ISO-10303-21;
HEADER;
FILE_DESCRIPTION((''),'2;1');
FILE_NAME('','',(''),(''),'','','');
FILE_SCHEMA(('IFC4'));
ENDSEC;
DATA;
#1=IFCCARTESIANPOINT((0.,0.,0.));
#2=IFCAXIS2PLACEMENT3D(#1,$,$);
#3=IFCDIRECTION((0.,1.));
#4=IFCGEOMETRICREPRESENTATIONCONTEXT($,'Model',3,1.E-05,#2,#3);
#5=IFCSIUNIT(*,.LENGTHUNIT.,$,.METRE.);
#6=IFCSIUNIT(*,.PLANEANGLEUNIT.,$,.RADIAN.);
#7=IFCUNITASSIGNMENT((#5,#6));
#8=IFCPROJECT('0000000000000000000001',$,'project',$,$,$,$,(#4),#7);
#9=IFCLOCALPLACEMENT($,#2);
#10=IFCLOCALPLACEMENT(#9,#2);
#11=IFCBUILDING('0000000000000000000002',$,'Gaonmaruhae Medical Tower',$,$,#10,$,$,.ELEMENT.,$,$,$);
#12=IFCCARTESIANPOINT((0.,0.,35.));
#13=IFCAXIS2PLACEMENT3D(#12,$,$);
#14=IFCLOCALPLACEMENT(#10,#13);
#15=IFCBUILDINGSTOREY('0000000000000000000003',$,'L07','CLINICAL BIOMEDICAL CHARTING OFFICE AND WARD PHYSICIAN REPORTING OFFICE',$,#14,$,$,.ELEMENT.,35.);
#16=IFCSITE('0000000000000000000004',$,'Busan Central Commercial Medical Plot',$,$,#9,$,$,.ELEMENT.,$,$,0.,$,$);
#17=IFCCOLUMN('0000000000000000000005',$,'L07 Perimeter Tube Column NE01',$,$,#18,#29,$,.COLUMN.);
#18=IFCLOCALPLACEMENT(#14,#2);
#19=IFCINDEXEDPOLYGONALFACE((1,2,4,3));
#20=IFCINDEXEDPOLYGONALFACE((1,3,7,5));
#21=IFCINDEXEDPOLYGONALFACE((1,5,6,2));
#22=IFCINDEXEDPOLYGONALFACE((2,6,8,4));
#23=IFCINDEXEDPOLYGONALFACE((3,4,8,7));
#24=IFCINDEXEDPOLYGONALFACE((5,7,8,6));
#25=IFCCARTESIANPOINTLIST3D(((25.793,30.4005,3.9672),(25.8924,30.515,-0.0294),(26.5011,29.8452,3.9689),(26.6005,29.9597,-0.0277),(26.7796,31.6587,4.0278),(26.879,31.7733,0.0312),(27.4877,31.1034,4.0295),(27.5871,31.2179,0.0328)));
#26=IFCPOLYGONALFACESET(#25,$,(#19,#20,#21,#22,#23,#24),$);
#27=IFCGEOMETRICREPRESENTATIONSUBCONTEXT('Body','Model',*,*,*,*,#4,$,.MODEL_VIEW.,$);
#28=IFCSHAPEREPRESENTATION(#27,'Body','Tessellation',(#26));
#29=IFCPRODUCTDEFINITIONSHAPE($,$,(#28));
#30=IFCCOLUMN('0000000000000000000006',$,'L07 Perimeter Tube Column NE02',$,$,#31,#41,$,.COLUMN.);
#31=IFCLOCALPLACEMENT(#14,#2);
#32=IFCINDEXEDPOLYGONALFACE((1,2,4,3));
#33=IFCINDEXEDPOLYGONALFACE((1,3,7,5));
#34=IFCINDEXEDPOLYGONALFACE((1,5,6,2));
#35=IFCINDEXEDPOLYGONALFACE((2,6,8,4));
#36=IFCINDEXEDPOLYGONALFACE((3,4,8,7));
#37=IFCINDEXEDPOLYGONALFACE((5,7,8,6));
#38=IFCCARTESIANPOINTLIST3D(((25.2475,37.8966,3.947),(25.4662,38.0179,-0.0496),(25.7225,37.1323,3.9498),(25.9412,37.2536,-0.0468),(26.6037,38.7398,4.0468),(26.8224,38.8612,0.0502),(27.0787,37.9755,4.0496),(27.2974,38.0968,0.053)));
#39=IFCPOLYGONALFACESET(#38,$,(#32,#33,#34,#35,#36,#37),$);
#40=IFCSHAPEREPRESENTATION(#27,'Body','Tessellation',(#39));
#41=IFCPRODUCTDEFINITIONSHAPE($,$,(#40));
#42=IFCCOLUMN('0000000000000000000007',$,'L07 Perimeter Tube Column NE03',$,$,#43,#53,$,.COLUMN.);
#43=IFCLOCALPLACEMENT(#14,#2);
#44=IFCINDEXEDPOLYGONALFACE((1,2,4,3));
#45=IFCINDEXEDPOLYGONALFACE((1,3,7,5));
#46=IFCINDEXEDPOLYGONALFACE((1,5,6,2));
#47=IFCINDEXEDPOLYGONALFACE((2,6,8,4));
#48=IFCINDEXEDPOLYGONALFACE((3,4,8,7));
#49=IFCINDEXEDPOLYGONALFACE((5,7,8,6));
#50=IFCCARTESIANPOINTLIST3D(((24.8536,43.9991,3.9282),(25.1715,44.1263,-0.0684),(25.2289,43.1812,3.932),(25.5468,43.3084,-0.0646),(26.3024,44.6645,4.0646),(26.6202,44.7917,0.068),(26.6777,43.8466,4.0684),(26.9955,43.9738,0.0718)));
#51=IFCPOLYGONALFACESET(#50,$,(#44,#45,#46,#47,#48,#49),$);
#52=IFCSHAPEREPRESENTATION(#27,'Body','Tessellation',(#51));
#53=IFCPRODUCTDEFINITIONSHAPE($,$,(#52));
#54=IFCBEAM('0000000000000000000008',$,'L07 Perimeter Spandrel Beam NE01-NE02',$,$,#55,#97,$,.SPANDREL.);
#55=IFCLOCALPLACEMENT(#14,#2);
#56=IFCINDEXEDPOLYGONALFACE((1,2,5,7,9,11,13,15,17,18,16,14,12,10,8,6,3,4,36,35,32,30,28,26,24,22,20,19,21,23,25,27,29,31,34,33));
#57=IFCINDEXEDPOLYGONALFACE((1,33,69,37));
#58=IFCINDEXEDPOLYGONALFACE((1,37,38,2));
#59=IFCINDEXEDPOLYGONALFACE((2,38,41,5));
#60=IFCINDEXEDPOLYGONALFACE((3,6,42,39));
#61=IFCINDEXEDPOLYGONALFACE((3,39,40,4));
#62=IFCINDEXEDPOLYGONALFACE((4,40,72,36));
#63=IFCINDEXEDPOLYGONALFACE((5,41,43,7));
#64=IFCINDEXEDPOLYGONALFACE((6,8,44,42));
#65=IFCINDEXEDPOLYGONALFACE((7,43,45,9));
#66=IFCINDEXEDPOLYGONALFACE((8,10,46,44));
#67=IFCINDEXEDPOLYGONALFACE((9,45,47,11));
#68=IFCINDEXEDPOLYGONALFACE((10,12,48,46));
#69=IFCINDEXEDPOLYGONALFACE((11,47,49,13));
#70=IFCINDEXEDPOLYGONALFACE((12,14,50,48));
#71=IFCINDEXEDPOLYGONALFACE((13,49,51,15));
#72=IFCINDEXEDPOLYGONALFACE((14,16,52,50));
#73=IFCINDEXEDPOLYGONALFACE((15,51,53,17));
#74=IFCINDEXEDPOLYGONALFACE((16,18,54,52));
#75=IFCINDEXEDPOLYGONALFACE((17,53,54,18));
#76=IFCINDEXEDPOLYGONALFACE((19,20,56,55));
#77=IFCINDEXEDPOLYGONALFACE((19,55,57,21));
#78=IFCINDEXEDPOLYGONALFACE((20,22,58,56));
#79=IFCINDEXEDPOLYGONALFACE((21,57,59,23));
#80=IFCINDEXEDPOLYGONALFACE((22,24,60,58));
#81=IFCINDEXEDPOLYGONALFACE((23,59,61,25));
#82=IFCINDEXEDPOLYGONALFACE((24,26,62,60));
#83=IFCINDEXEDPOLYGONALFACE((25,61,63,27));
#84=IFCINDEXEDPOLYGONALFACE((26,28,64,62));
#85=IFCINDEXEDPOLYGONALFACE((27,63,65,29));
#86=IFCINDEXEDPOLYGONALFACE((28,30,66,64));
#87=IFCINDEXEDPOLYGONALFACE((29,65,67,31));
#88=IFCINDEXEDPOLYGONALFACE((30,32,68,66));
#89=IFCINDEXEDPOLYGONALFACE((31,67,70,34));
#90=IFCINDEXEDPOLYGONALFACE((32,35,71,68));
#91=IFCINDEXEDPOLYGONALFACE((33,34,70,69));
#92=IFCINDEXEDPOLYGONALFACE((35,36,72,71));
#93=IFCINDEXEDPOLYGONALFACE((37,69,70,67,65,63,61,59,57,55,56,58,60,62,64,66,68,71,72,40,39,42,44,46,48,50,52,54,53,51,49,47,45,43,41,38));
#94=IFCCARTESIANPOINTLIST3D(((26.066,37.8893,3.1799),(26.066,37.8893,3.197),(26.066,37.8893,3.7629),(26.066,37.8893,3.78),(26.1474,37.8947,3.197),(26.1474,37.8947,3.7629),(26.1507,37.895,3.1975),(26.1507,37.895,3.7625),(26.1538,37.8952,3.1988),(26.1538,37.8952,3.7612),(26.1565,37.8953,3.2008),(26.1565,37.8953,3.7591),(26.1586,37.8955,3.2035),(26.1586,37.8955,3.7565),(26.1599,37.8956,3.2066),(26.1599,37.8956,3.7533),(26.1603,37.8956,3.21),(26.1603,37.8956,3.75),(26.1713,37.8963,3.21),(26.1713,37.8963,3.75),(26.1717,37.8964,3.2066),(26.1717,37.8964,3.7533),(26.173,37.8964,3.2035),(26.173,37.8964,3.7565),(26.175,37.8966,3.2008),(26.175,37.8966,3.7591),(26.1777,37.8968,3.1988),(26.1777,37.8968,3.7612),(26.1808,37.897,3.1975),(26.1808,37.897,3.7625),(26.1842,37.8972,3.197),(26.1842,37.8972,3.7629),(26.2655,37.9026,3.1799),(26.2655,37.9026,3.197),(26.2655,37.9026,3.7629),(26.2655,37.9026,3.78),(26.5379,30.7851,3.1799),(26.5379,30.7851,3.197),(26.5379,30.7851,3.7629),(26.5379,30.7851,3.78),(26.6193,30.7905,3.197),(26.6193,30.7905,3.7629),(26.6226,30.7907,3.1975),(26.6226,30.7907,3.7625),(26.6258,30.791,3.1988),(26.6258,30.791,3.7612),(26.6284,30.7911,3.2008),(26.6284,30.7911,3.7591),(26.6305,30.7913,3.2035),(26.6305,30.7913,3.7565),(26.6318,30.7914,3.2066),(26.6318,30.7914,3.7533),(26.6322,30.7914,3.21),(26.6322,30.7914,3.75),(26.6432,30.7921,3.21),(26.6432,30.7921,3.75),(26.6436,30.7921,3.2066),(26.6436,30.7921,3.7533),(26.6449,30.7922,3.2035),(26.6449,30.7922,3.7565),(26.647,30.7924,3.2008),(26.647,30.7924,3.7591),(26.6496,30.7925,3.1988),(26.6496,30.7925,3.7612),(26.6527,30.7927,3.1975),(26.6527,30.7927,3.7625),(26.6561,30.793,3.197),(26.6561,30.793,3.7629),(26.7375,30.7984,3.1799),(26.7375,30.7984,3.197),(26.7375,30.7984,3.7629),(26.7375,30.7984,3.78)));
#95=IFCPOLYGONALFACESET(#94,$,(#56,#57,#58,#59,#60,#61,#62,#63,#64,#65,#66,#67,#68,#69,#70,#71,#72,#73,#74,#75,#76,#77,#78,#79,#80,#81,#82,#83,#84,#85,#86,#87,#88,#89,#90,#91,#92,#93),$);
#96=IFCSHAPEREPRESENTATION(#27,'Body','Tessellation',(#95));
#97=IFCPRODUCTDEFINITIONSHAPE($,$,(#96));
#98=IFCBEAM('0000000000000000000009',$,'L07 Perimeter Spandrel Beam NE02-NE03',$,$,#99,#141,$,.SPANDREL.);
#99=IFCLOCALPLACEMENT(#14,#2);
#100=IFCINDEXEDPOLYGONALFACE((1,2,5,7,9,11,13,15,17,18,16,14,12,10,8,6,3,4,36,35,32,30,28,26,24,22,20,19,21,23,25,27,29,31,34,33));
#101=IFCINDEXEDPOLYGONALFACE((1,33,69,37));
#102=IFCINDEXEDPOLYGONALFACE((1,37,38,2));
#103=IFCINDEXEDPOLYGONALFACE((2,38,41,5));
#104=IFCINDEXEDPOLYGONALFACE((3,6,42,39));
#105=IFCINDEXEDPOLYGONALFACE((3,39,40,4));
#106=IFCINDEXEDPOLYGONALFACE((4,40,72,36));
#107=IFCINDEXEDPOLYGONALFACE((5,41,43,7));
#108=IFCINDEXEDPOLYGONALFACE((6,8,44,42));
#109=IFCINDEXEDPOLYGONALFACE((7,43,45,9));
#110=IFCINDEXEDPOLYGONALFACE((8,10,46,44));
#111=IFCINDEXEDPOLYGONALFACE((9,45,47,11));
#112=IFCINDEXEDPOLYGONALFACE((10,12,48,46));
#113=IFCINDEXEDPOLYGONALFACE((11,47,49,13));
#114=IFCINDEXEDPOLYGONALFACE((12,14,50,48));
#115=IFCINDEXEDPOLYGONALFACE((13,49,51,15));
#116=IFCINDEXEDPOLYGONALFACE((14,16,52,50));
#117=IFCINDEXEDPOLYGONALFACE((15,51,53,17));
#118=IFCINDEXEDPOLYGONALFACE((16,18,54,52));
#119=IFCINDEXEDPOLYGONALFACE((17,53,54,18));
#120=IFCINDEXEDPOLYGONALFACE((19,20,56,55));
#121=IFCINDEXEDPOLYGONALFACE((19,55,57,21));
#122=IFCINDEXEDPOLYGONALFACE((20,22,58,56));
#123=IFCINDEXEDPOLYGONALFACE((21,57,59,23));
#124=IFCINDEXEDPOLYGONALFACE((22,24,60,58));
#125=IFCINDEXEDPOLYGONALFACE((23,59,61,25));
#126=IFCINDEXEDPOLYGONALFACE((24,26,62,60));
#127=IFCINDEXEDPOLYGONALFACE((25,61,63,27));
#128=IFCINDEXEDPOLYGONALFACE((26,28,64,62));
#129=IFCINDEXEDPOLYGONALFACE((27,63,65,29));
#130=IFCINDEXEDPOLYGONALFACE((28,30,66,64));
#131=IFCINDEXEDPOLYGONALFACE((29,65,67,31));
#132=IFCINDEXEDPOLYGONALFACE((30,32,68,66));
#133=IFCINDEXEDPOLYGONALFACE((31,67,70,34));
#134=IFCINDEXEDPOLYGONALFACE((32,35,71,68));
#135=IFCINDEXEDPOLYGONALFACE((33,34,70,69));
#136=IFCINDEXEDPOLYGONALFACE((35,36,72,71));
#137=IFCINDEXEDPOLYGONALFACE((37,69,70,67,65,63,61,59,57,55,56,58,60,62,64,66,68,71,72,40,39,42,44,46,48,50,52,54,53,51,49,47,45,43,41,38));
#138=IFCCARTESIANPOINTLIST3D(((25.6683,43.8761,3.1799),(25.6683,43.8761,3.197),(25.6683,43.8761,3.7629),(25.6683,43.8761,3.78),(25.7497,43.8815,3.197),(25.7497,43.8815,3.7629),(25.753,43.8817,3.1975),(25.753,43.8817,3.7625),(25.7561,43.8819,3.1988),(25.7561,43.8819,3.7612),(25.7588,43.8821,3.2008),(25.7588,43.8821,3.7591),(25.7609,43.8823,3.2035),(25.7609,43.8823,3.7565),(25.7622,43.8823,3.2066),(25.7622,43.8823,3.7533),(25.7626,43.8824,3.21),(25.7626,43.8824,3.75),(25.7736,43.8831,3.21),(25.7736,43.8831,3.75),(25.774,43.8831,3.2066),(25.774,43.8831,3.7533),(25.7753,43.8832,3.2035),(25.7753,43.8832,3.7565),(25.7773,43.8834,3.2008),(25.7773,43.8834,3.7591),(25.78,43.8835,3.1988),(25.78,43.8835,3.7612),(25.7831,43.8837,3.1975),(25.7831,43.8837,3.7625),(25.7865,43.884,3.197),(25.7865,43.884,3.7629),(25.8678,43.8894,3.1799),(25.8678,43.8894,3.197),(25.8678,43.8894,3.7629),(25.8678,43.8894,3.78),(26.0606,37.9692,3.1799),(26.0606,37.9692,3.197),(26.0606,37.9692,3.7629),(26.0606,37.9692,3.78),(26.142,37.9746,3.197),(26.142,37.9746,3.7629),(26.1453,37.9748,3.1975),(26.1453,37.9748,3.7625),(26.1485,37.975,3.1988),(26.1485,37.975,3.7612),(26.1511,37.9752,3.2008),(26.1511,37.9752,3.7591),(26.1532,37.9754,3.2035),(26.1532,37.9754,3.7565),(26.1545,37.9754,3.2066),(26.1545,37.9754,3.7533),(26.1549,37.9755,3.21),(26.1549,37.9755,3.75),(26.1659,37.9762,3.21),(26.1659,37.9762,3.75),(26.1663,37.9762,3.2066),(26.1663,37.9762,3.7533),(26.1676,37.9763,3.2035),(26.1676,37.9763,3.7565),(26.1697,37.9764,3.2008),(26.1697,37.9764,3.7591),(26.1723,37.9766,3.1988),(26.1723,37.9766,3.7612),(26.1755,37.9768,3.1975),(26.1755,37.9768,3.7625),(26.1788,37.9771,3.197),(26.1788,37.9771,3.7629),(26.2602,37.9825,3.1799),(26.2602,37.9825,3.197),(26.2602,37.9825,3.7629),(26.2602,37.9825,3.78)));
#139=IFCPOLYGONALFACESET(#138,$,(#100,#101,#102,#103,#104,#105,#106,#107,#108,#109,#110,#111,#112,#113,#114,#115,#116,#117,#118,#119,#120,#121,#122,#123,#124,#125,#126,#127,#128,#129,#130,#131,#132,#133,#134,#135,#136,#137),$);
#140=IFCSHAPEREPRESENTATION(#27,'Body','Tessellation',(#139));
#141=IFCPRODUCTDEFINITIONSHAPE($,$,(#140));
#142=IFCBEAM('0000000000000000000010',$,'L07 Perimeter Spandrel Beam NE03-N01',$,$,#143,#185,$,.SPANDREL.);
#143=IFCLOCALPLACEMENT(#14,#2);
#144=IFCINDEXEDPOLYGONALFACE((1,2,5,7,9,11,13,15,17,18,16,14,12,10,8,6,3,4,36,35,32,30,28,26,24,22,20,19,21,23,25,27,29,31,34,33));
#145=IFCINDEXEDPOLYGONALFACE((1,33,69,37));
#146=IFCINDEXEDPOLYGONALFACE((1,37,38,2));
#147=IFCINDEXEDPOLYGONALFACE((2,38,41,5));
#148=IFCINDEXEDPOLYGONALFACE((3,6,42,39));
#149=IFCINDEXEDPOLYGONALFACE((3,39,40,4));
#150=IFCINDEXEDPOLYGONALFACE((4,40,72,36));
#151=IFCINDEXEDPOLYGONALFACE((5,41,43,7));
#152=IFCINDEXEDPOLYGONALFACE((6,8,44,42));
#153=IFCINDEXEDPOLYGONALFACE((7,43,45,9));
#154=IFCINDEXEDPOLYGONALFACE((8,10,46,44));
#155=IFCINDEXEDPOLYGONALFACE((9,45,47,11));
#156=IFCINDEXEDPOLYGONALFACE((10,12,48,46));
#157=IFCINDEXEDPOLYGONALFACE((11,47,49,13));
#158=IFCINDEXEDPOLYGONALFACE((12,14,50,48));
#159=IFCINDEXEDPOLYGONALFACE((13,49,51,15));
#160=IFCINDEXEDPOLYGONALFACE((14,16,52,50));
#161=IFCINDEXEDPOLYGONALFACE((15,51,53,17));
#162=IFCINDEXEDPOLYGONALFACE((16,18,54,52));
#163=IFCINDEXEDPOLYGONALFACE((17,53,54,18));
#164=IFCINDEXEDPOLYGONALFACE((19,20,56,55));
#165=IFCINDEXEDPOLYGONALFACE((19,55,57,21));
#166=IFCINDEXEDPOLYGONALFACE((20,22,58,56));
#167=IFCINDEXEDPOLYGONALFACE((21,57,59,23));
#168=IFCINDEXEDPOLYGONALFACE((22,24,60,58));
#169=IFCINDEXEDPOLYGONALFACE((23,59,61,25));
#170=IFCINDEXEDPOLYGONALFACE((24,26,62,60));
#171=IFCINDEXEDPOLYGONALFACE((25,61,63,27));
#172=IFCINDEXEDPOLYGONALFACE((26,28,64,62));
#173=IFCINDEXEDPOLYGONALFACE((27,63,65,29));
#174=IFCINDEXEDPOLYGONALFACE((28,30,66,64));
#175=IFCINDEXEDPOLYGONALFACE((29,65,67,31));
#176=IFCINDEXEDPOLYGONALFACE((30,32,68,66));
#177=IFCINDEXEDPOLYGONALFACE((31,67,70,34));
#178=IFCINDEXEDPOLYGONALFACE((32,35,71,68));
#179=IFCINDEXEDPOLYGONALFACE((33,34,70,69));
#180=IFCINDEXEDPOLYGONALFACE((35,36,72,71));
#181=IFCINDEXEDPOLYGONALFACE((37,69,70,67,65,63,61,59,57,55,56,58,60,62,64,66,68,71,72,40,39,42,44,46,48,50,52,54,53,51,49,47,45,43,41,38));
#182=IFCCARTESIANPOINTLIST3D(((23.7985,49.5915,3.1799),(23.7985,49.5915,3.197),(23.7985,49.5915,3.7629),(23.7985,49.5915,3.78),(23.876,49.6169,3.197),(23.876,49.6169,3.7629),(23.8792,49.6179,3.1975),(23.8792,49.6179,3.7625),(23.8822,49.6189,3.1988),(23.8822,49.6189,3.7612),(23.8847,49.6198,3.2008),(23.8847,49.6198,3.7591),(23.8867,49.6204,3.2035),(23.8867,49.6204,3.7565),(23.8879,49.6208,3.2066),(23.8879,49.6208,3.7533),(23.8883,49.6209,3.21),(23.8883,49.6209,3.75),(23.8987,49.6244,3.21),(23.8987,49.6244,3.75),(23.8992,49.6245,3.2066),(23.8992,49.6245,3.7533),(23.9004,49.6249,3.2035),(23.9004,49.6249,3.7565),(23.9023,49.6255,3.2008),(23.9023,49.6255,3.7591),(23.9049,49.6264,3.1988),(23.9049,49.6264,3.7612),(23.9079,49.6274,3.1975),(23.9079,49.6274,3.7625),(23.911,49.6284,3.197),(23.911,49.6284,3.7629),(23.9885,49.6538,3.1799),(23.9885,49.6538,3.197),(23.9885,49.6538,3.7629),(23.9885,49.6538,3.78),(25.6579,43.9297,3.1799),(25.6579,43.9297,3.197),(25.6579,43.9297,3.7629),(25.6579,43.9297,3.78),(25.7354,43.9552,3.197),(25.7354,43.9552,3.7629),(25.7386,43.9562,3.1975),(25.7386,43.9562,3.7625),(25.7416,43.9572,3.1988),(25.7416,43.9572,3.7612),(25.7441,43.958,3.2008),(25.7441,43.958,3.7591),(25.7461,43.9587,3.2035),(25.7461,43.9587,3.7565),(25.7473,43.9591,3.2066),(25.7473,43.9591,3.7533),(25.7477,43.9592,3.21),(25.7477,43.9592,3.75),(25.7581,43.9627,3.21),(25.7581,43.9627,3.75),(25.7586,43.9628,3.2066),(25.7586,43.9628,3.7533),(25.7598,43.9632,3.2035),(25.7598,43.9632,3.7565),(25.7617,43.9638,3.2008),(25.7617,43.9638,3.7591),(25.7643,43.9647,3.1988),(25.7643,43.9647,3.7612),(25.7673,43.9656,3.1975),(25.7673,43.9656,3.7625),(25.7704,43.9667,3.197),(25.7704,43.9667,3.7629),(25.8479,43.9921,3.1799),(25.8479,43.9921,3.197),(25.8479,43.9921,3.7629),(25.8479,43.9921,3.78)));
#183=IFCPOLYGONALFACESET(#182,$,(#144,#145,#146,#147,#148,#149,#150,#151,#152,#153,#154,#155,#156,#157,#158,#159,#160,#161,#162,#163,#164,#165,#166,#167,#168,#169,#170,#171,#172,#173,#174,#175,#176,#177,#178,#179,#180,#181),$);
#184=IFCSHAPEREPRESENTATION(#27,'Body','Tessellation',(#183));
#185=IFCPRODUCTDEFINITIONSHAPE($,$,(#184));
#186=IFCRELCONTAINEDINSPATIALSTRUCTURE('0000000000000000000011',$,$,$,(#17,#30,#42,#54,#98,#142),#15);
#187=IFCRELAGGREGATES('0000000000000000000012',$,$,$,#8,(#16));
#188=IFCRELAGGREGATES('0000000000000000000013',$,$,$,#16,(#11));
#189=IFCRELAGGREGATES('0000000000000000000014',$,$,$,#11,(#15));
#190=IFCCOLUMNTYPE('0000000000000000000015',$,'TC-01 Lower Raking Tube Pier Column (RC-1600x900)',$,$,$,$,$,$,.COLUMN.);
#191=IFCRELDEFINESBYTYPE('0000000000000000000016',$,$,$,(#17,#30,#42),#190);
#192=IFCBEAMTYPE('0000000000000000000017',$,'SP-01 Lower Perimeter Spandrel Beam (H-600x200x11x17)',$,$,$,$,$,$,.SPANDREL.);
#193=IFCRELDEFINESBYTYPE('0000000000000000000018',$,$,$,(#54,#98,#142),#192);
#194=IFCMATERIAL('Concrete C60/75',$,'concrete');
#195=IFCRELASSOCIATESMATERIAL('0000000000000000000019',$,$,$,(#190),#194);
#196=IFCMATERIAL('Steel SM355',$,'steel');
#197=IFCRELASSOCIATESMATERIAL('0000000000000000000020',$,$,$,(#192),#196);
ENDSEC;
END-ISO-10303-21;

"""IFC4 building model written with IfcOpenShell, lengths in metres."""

from ifc_helpers import new_model, si_unit, direction, frame, origin, origin_2d, place, context, subcontext, project, spatial, rectangle, i_section, extrude, material, material_profile, profile_set, type_object, element, save


model = new_model("IFC4")

# Units and contexts
model_context = context("Model", 3, precision=1e-05, world=origin(), true_north=direction((0.0, 1.0)))
body_context = subcontext(model_context, "Body", "Model", "MODEL_VIEW")
ifc_project = project(units=[si_unit("LENGTHUNIT", "METRE"), si_unit("PLANEANGLEUNIT", "RADIAN")], contexts=[model_context])

# Site, building, storey
site_placement = place(None, origin())
site = spatial("IfcSite", under=ifc_project, at=site_placement, Name="Busan Central Commercial Medical Plot", CompositionType="ELEMENT", RefElevation=0.0)
building_placement = place(site_placement, origin())
building = spatial("IfcBuilding", under=site, at=building_placement, Name="Gaonmaruhae Medical Tower", CompositionType="ELEMENT")
storey_placement = place(building_placement, frame((0.0, 0.0, 35.0)))
storey = spatial("IfcBuildingStorey", under=building, at=storey_placement, Name="L07", Description="CLINICAL BIOMEDICAL CHARTING OFFICE AND WARD PHYSICIAN REPORTING OFFICE", CompositionType="ELEMENT", Elevation=35.0)

# Columns
ifc_material_1 = material(Name="Concrete C60/75", Category="concrete")
ifc_material_profile_1 = material_profile(ifc_material_1, rectangle(XDim=1.6001, YDim=0.8999, at=origin_2d()), Name="RC-1600x900")
ifc_profile_set_1 = profile_set([ifc_material_profile_1], Name="Concrete C60/75")
column_type = type_object("IfcColumnType", Name="TC-01 Lower Raking Tube Pier Column (RC-1600x900)", PredefinedType="COLUMN", material=ifc_profile_set_1)
column_1_placement = place(storey_placement, frame((26.7397, 30.8665, 0.0017), z_axis=(-0.024845, -0.028629, 0.999281), x_axis=(0.616587, 0.786376, 0.03786)))
element("IfcColumn", 1, at=column_1_placement, inside=storey, type_object=column_type, Name="L07 Perimeter Tube Column NE01", PredefinedType="COLUMN", context=body_context, shape_type="SweptSolid", body=[
    extrude(rectangle(XDim=1.6001, YDim=0.8999, at=origin_2d()), origin(), (0.0, 0.0, 1.0), 3.9995),
])
column_2_placement = place(storey_placement, frame((26.3818, 38.0574, 0.0017), z_axis=(-0.054627, -0.030301, 0.998047), x_axis=(0.847574, 0.526997, 0.062391)))
element("IfcColumn", 2, at=column_2_placement, inside=storey, type_object=column_type, Name="L07 Perimeter Tube Column NE02", PredefinedType="COLUMN", context=body_context, shape_type="SweptSolid", body=[
    extrude(rectangle(XDim=1.6001, YDim=0.8999, at=origin_2d()), origin(), (0.0, 0.0, 1.0), 4.0044),
])
column_3_placement = place(storey_placement, frame((26.0835, 44.05, 0.0017), z_axis=(-0.079245, -0.03171, 0.996351), x_axis=(0.905423, 0.415863, 0.085249)))
element("IfcColumn", 3, at=column_3_placement, inside=storey, type_object=column_type, Name="L07 Perimeter Tube Column NE03", PredefinedType="COLUMN", context=body_context, shape_type="SweptSolid", body=[
    extrude(rectangle(XDim=1.6001, YDim=0.8999, at=origin_2d()), origin(), (0.0, 0.0, 1.0), 4.0112),
])

# Beams
ifc_material_2 = material(Name="Steel SM355", Category="steel")
ifc_material_profile_2 = material_profile(ifc_material_2, i_section(OverallWidth=0.2, OverallDepth=0.6001, WebThickness=0.011, FlangeThickness=0.0171, FilletRadius=0.0129, at=origin_2d()), Name="H-600x200x11x17")
ifc_profile_set_2 = profile_set([ifc_material_profile_2], Name="Steel SM355")
beam_type = type_object("IfcBeamType", Name="SP-01 Lower Perimeter Spandrel Beam (H-600x200x11x17)", PredefinedType="SPANDREL", material=ifc_profile_set_2)
beam_1_placement = place(storey_placement, frame((26.6377, 30.7917, 3.48), z_axis=(-0.066282, 0.997801, 0.0), x_axis=(-0.997801, -0.066282, 0.0)))
element("IfcBeam", 4, at=beam_1_placement, inside=storey, type_object=beam_type, Name="L07 Perimeter Spandrel Beam NE01-NE02", PredefinedType="SPANDREL", context=body_context, shape_type="SweptSolid", body=[
    extrude(i_section(OverallWidth=0.2, OverallDepth=0.6001, WebThickness=0.011, FlangeThickness=0.0171, FilletRadius=0.0129, at=origin_2d()), origin(), (0.0, 0.0, 1.0), 7.1199),
])
beam_2_placement = place(storey_placement, frame((26.1604, 37.9758, 3.48), z_axis=(-0.066273, 0.997802, 0.0), x_axis=(-0.997802, -0.066273, 0.0)))
element("IfcBeam", 5, at=beam_2_placement, inside=storey, type_object=beam_type, Name="L07 Perimeter Spandrel Beam NE02-NE03", PredefinedType="SPANDREL", context=body_context, shape_type="SweptSolid", body=[
    extrude(i_section(OverallWidth=0.2, OverallDepth=0.6001, WebThickness=0.011, FlangeThickness=0.0171, FilletRadius=0.0129, at=origin_2d()), origin(), (0.0, 0.0, 1.0), 5.9199),
])
beam_3_placement = place(storey_placement, frame((25.7529, 43.9609, 3.48), z_axis=(-0.312021, 0.950075, 0.0), x_axis=(-0.950075, -0.312021, 0.0)))
element("IfcBeam", 6, at=beam_3_placement, inside=storey, type_object=beam_type, Name="L07 Perimeter Spandrel Beam NE03-N01", PredefinedType="SPANDREL", context=body_context, shape_type="SweptSolid", body=[
    extrude(i_section(OverallWidth=0.2, OverallDepth=0.6001, WebThickness=0.011, FlangeThickness=0.0171, FilletRadius=0.0129, at=origin_2d()), origin(), (0.0, 0.0, 1.0), 5.9592),
])

save(model, "model.ifc")
